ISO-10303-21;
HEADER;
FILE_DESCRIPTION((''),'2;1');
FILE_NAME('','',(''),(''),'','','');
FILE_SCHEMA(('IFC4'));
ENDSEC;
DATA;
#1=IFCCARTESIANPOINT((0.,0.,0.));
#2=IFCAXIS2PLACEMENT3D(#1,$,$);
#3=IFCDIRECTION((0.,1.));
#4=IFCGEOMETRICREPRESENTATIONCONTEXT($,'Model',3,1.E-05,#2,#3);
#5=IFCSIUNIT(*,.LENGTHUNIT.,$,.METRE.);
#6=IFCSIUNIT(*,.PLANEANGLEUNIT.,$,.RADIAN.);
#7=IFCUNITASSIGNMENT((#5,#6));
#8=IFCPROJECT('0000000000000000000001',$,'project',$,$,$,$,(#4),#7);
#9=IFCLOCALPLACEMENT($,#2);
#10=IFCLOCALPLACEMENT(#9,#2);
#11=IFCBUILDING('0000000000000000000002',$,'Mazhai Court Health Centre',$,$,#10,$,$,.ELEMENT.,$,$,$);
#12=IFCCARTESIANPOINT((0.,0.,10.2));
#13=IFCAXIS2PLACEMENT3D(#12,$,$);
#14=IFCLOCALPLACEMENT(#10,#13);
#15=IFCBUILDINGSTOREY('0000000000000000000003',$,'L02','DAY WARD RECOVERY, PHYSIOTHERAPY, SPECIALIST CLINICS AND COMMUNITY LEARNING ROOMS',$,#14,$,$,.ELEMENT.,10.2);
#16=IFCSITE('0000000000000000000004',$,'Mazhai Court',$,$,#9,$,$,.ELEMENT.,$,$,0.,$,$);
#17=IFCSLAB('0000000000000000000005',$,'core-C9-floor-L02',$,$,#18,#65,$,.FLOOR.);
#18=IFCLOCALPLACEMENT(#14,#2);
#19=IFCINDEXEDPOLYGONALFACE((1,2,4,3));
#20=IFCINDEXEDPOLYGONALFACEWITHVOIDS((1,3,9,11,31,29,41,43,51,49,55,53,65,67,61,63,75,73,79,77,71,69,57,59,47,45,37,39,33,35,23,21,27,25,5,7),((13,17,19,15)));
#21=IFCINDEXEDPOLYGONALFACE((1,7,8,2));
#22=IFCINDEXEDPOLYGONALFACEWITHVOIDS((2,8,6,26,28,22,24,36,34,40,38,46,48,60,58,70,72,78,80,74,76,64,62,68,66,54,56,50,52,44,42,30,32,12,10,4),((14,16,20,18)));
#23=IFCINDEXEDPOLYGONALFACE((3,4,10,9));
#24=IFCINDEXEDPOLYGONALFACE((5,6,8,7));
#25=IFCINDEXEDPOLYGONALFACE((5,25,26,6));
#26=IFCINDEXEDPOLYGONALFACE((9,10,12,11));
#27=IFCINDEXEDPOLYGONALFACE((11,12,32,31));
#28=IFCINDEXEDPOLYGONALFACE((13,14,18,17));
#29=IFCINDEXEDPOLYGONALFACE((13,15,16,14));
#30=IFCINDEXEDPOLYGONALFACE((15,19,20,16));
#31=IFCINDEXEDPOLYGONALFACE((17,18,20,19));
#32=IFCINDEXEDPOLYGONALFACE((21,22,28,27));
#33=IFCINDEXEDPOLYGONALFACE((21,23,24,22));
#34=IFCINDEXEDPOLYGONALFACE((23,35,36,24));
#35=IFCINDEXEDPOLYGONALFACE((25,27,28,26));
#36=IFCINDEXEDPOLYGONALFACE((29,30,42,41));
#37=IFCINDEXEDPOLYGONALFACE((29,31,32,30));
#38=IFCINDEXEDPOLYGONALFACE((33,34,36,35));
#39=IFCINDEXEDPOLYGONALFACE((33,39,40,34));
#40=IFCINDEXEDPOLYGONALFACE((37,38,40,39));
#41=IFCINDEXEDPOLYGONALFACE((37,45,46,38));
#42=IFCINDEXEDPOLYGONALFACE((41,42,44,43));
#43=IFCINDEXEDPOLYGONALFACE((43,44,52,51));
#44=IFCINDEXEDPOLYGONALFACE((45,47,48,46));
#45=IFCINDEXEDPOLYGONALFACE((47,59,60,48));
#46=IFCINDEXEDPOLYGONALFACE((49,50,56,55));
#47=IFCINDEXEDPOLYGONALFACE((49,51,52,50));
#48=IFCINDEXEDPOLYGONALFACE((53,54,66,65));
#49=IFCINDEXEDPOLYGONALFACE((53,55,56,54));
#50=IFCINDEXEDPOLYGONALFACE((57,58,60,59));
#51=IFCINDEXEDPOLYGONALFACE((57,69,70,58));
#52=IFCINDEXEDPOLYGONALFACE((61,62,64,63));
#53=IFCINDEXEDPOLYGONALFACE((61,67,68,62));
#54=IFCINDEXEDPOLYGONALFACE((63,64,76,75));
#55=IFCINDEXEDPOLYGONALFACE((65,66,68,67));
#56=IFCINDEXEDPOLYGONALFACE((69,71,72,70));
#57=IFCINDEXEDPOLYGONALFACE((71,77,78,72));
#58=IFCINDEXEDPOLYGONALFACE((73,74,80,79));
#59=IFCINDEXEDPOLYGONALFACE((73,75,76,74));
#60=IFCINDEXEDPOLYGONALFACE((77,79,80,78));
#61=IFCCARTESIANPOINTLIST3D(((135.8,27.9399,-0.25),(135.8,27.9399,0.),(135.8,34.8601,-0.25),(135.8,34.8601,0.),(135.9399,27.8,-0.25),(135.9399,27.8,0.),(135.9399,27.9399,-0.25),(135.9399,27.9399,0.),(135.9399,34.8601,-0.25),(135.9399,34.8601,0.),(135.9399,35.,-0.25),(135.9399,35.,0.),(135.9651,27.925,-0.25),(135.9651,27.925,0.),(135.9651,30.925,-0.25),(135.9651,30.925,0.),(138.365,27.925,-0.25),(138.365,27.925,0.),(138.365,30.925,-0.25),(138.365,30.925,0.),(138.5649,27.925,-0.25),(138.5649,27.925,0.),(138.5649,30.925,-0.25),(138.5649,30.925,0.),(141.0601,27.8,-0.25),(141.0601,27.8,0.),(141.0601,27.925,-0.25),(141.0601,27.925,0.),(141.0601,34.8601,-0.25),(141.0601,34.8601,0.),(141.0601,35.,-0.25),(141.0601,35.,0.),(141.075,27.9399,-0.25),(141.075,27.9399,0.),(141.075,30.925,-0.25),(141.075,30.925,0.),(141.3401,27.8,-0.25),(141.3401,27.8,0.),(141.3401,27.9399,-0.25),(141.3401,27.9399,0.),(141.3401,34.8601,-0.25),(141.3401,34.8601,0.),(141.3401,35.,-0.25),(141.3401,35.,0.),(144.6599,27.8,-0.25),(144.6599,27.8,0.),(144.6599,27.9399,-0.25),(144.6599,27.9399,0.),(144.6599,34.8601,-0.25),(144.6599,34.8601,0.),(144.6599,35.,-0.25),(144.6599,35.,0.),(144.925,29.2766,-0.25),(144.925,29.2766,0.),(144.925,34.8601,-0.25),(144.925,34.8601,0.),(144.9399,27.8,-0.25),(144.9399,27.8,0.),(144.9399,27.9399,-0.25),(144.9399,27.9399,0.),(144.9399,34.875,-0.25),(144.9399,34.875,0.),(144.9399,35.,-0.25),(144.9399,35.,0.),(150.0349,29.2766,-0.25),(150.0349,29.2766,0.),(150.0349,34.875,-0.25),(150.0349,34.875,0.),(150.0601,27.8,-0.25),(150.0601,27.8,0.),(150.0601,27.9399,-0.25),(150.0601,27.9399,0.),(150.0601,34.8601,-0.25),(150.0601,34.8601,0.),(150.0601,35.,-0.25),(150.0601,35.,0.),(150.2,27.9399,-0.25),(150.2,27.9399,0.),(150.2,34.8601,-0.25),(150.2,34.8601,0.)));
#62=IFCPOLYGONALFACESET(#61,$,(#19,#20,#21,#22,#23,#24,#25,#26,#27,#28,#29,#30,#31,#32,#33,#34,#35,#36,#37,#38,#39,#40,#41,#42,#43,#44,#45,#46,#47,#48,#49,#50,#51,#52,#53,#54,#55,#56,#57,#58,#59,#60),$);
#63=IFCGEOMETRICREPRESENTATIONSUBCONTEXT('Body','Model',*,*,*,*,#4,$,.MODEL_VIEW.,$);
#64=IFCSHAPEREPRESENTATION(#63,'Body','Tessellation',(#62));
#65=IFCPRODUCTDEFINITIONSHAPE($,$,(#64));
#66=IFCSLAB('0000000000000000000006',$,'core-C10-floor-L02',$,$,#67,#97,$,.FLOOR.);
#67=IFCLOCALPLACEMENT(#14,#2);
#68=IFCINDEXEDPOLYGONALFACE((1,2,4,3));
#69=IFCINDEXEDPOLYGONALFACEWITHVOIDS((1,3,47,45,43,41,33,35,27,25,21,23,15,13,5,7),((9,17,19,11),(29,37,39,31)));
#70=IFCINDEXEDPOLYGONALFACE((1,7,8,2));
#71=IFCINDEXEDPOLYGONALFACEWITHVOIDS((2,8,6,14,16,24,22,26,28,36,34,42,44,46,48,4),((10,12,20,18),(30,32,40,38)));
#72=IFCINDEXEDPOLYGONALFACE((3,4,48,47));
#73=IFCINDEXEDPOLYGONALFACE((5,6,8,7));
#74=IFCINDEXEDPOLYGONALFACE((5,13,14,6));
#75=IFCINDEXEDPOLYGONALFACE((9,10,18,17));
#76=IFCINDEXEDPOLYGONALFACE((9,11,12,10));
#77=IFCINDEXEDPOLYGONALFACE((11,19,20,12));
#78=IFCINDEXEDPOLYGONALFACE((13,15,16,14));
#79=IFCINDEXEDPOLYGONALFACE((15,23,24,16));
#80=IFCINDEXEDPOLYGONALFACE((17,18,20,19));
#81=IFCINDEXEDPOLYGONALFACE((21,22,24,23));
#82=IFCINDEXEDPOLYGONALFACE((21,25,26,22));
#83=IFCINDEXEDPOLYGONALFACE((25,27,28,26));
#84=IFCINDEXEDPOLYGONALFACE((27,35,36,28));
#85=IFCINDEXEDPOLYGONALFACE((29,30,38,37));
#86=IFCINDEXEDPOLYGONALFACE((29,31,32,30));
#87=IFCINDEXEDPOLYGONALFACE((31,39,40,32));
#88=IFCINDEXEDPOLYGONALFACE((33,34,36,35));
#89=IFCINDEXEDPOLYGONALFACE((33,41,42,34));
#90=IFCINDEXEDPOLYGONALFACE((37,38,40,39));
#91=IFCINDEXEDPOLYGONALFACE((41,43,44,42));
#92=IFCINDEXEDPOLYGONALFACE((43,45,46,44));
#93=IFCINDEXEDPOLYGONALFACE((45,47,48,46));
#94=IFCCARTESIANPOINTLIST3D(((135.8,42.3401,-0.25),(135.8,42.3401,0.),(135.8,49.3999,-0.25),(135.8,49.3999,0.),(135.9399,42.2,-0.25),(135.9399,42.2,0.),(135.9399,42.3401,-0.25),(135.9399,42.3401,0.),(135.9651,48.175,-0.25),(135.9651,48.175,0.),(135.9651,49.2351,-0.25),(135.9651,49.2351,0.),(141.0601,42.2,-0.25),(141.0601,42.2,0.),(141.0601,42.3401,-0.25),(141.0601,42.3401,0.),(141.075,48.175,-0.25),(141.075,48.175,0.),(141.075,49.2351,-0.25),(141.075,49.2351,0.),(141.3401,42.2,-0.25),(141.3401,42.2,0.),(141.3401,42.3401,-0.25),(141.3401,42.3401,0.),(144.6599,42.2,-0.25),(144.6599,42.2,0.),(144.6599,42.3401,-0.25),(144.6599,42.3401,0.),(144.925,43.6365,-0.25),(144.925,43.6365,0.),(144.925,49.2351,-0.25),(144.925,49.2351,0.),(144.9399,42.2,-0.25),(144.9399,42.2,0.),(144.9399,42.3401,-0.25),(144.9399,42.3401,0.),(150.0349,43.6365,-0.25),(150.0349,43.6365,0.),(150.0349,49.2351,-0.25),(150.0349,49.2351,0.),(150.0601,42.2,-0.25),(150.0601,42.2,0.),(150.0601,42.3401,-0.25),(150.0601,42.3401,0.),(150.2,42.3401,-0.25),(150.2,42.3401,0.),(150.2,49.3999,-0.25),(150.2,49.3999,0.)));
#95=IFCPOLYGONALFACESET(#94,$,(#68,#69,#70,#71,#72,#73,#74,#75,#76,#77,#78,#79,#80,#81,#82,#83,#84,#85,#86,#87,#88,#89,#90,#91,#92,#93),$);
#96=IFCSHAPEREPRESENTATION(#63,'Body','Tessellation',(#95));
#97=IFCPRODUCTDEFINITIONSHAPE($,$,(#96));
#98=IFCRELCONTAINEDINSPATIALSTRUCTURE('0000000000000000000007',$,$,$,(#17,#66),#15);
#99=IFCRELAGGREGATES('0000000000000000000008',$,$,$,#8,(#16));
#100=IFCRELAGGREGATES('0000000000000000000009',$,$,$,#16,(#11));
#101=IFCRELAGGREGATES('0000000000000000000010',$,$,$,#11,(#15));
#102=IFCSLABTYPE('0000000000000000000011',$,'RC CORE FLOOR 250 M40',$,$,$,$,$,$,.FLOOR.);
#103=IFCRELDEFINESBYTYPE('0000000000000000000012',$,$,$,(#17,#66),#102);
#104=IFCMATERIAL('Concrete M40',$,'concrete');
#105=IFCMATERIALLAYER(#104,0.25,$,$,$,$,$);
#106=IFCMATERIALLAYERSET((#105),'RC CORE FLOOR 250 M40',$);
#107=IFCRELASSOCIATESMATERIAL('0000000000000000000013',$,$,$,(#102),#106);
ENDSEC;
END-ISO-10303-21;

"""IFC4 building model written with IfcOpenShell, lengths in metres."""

from ifc_helpers import new_model, si_unit, direction, frame, origin, place, context, subcontext, project, spatial, polyline, outline, extrude, material, layer, layer_set, type_object, element, save


model = new_model("IFC4")

# Units and contexts
model_context = context("Model", 3, precision=1e-05, world=origin(), true_north=direction((0.0, 1.0)))
body_context = subcontext(model_context, "Body", "Model", "MODEL_VIEW")
ifc_project = project(units=[si_unit("LENGTHUNIT", "METRE"), si_unit("PLANEANGLEUNIT", "RADIAN")], contexts=[model_context])

# Site, building, storey
site_placement = place(None, origin())
site = spatial("IfcSite", under=ifc_project, at=site_placement, Name="Mazhai Court", CompositionType="ELEMENT", RefElevation=0.0)
building_placement = place(site_placement, origin())
building = spatial("IfcBuilding", under=site, at=building_placement, Name="Mazhai Court Health Centre", CompositionType="ELEMENT")
storey_placement = place(building_placement, frame((0.0, 0.0, 10.2)))
storey = spatial("IfcBuildingStorey", under=building, at=storey_placement, Name="L02", Description="DAY WARD RECOVERY, PHYSIOTHERAPY, SPECIALIST CLINICS AND COMMUNITY LEARNING ROOMS", CompositionType="ELEMENT", Elevation=10.2)

# Slabs
ifc_material_1 = material(Name="Concrete M40", Category="concrete")
ifc_layer_1 = layer(ifc_material_1, 0.25)
ifc_layer_set_1 = layer_set([ifc_layer_1], Name="RC CORE FLOOR 250 M40")
slab_type_1 = type_object("IfcSlabType", Name="RC CORE FLOOR 250 M40", PredefinedType="FLOOR", material=ifc_layer_set_1)
slab_1_placement = place(storey_placement, frame((0.0, 0.0, -0.25)))
element("IfcSlab", 1, at=slab_1_placement, inside=storey, type_object=slab_type_1, Name="core-C9-floor-L02", PredefinedType="FLOOR", context=body_context, shape_type="SweptSolid", body=[
    extrude(outline(polyline([(135.9399, 34.8601), (135.9399, 35.0), (141.0601, 35.0), (141.0601, 34.8601), (141.3401, 34.8601), (141.3401, 35.0), (144.6599, 35.0), (144.6599, 34.8601), (144.925, 34.8601), (144.925, 29.2766), (150.0349, 29.2766), (150.0349, 34.875), (144.9399, 34.875), (144.9399, 35.0), (150.0601, 35.0), (150.0601, 34.8601), (150.2, 34.8601), (150.2, 27.9399), (150.0601, 27.9399), (150.0601, 27.8), (144.9399, 27.8), (144.9399, 27.9399), (144.6599, 27.9399), (144.6599, 27.8), (141.3401, 27.8), (141.3401, 27.9399), (141.075, 27.9399), (141.075, 30.925), (138.5649, 30.925), (138.5649, 27.925), (141.0601, 27.925), (141.0601, 27.8), (135.9399, 27.8), (135.9399, 27.9399), (135.8, 27.9399), (135.8, 34.8601), (135.9399, 34.8601)]), holes=[polyline([(135.9651, 30.925), (135.9651, 27.925), (138.365, 27.925), (138.365, 30.925), (135.9651, 30.925)])]), origin(), (0.0, 0.0, 1.0), 0.25),
])
slab_2_placement = place(storey_placement, frame((0.0, 0.0, -0.25)))
element("IfcSlab", 2, at=slab_2_placement, inside=storey, type_object=slab_type_1, Name="core-C10-floor-L02", PredefinedType="FLOOR", context=body_context, shape_type="SweptSolid", body=[
    extrude(outline(polyline([(150.2, 49.3999), (150.2, 42.3401), (150.0601, 42.3401), (150.0601, 42.2), (144.9399, 42.2), (144.9399, 42.3401), (144.6599, 42.3401), (144.6599, 42.2), (141.3401, 42.2), (141.3401, 42.3401), (141.0601, 42.3401), (141.0601, 42.2), (135.9399, 42.2), (135.9399, 42.3401), (135.8, 42.3401), (135.8, 49.3999), (150.2, 49.3999)]), holes=[polyline([(144.925, 43.6365), (150.0349, 43.6365), (150.0349, 49.2351), (144.925, 49.2351), (144.925, 43.6365)]), polyline([(135.9651, 49.2351), (135.9651, 48.175), (141.075, 48.175), (141.075, 49.2351), (135.9651, 49.2351)])]), origin(), (0.0, 0.0, 1.0), 0.25),
])

save(model, "model.ifc")
